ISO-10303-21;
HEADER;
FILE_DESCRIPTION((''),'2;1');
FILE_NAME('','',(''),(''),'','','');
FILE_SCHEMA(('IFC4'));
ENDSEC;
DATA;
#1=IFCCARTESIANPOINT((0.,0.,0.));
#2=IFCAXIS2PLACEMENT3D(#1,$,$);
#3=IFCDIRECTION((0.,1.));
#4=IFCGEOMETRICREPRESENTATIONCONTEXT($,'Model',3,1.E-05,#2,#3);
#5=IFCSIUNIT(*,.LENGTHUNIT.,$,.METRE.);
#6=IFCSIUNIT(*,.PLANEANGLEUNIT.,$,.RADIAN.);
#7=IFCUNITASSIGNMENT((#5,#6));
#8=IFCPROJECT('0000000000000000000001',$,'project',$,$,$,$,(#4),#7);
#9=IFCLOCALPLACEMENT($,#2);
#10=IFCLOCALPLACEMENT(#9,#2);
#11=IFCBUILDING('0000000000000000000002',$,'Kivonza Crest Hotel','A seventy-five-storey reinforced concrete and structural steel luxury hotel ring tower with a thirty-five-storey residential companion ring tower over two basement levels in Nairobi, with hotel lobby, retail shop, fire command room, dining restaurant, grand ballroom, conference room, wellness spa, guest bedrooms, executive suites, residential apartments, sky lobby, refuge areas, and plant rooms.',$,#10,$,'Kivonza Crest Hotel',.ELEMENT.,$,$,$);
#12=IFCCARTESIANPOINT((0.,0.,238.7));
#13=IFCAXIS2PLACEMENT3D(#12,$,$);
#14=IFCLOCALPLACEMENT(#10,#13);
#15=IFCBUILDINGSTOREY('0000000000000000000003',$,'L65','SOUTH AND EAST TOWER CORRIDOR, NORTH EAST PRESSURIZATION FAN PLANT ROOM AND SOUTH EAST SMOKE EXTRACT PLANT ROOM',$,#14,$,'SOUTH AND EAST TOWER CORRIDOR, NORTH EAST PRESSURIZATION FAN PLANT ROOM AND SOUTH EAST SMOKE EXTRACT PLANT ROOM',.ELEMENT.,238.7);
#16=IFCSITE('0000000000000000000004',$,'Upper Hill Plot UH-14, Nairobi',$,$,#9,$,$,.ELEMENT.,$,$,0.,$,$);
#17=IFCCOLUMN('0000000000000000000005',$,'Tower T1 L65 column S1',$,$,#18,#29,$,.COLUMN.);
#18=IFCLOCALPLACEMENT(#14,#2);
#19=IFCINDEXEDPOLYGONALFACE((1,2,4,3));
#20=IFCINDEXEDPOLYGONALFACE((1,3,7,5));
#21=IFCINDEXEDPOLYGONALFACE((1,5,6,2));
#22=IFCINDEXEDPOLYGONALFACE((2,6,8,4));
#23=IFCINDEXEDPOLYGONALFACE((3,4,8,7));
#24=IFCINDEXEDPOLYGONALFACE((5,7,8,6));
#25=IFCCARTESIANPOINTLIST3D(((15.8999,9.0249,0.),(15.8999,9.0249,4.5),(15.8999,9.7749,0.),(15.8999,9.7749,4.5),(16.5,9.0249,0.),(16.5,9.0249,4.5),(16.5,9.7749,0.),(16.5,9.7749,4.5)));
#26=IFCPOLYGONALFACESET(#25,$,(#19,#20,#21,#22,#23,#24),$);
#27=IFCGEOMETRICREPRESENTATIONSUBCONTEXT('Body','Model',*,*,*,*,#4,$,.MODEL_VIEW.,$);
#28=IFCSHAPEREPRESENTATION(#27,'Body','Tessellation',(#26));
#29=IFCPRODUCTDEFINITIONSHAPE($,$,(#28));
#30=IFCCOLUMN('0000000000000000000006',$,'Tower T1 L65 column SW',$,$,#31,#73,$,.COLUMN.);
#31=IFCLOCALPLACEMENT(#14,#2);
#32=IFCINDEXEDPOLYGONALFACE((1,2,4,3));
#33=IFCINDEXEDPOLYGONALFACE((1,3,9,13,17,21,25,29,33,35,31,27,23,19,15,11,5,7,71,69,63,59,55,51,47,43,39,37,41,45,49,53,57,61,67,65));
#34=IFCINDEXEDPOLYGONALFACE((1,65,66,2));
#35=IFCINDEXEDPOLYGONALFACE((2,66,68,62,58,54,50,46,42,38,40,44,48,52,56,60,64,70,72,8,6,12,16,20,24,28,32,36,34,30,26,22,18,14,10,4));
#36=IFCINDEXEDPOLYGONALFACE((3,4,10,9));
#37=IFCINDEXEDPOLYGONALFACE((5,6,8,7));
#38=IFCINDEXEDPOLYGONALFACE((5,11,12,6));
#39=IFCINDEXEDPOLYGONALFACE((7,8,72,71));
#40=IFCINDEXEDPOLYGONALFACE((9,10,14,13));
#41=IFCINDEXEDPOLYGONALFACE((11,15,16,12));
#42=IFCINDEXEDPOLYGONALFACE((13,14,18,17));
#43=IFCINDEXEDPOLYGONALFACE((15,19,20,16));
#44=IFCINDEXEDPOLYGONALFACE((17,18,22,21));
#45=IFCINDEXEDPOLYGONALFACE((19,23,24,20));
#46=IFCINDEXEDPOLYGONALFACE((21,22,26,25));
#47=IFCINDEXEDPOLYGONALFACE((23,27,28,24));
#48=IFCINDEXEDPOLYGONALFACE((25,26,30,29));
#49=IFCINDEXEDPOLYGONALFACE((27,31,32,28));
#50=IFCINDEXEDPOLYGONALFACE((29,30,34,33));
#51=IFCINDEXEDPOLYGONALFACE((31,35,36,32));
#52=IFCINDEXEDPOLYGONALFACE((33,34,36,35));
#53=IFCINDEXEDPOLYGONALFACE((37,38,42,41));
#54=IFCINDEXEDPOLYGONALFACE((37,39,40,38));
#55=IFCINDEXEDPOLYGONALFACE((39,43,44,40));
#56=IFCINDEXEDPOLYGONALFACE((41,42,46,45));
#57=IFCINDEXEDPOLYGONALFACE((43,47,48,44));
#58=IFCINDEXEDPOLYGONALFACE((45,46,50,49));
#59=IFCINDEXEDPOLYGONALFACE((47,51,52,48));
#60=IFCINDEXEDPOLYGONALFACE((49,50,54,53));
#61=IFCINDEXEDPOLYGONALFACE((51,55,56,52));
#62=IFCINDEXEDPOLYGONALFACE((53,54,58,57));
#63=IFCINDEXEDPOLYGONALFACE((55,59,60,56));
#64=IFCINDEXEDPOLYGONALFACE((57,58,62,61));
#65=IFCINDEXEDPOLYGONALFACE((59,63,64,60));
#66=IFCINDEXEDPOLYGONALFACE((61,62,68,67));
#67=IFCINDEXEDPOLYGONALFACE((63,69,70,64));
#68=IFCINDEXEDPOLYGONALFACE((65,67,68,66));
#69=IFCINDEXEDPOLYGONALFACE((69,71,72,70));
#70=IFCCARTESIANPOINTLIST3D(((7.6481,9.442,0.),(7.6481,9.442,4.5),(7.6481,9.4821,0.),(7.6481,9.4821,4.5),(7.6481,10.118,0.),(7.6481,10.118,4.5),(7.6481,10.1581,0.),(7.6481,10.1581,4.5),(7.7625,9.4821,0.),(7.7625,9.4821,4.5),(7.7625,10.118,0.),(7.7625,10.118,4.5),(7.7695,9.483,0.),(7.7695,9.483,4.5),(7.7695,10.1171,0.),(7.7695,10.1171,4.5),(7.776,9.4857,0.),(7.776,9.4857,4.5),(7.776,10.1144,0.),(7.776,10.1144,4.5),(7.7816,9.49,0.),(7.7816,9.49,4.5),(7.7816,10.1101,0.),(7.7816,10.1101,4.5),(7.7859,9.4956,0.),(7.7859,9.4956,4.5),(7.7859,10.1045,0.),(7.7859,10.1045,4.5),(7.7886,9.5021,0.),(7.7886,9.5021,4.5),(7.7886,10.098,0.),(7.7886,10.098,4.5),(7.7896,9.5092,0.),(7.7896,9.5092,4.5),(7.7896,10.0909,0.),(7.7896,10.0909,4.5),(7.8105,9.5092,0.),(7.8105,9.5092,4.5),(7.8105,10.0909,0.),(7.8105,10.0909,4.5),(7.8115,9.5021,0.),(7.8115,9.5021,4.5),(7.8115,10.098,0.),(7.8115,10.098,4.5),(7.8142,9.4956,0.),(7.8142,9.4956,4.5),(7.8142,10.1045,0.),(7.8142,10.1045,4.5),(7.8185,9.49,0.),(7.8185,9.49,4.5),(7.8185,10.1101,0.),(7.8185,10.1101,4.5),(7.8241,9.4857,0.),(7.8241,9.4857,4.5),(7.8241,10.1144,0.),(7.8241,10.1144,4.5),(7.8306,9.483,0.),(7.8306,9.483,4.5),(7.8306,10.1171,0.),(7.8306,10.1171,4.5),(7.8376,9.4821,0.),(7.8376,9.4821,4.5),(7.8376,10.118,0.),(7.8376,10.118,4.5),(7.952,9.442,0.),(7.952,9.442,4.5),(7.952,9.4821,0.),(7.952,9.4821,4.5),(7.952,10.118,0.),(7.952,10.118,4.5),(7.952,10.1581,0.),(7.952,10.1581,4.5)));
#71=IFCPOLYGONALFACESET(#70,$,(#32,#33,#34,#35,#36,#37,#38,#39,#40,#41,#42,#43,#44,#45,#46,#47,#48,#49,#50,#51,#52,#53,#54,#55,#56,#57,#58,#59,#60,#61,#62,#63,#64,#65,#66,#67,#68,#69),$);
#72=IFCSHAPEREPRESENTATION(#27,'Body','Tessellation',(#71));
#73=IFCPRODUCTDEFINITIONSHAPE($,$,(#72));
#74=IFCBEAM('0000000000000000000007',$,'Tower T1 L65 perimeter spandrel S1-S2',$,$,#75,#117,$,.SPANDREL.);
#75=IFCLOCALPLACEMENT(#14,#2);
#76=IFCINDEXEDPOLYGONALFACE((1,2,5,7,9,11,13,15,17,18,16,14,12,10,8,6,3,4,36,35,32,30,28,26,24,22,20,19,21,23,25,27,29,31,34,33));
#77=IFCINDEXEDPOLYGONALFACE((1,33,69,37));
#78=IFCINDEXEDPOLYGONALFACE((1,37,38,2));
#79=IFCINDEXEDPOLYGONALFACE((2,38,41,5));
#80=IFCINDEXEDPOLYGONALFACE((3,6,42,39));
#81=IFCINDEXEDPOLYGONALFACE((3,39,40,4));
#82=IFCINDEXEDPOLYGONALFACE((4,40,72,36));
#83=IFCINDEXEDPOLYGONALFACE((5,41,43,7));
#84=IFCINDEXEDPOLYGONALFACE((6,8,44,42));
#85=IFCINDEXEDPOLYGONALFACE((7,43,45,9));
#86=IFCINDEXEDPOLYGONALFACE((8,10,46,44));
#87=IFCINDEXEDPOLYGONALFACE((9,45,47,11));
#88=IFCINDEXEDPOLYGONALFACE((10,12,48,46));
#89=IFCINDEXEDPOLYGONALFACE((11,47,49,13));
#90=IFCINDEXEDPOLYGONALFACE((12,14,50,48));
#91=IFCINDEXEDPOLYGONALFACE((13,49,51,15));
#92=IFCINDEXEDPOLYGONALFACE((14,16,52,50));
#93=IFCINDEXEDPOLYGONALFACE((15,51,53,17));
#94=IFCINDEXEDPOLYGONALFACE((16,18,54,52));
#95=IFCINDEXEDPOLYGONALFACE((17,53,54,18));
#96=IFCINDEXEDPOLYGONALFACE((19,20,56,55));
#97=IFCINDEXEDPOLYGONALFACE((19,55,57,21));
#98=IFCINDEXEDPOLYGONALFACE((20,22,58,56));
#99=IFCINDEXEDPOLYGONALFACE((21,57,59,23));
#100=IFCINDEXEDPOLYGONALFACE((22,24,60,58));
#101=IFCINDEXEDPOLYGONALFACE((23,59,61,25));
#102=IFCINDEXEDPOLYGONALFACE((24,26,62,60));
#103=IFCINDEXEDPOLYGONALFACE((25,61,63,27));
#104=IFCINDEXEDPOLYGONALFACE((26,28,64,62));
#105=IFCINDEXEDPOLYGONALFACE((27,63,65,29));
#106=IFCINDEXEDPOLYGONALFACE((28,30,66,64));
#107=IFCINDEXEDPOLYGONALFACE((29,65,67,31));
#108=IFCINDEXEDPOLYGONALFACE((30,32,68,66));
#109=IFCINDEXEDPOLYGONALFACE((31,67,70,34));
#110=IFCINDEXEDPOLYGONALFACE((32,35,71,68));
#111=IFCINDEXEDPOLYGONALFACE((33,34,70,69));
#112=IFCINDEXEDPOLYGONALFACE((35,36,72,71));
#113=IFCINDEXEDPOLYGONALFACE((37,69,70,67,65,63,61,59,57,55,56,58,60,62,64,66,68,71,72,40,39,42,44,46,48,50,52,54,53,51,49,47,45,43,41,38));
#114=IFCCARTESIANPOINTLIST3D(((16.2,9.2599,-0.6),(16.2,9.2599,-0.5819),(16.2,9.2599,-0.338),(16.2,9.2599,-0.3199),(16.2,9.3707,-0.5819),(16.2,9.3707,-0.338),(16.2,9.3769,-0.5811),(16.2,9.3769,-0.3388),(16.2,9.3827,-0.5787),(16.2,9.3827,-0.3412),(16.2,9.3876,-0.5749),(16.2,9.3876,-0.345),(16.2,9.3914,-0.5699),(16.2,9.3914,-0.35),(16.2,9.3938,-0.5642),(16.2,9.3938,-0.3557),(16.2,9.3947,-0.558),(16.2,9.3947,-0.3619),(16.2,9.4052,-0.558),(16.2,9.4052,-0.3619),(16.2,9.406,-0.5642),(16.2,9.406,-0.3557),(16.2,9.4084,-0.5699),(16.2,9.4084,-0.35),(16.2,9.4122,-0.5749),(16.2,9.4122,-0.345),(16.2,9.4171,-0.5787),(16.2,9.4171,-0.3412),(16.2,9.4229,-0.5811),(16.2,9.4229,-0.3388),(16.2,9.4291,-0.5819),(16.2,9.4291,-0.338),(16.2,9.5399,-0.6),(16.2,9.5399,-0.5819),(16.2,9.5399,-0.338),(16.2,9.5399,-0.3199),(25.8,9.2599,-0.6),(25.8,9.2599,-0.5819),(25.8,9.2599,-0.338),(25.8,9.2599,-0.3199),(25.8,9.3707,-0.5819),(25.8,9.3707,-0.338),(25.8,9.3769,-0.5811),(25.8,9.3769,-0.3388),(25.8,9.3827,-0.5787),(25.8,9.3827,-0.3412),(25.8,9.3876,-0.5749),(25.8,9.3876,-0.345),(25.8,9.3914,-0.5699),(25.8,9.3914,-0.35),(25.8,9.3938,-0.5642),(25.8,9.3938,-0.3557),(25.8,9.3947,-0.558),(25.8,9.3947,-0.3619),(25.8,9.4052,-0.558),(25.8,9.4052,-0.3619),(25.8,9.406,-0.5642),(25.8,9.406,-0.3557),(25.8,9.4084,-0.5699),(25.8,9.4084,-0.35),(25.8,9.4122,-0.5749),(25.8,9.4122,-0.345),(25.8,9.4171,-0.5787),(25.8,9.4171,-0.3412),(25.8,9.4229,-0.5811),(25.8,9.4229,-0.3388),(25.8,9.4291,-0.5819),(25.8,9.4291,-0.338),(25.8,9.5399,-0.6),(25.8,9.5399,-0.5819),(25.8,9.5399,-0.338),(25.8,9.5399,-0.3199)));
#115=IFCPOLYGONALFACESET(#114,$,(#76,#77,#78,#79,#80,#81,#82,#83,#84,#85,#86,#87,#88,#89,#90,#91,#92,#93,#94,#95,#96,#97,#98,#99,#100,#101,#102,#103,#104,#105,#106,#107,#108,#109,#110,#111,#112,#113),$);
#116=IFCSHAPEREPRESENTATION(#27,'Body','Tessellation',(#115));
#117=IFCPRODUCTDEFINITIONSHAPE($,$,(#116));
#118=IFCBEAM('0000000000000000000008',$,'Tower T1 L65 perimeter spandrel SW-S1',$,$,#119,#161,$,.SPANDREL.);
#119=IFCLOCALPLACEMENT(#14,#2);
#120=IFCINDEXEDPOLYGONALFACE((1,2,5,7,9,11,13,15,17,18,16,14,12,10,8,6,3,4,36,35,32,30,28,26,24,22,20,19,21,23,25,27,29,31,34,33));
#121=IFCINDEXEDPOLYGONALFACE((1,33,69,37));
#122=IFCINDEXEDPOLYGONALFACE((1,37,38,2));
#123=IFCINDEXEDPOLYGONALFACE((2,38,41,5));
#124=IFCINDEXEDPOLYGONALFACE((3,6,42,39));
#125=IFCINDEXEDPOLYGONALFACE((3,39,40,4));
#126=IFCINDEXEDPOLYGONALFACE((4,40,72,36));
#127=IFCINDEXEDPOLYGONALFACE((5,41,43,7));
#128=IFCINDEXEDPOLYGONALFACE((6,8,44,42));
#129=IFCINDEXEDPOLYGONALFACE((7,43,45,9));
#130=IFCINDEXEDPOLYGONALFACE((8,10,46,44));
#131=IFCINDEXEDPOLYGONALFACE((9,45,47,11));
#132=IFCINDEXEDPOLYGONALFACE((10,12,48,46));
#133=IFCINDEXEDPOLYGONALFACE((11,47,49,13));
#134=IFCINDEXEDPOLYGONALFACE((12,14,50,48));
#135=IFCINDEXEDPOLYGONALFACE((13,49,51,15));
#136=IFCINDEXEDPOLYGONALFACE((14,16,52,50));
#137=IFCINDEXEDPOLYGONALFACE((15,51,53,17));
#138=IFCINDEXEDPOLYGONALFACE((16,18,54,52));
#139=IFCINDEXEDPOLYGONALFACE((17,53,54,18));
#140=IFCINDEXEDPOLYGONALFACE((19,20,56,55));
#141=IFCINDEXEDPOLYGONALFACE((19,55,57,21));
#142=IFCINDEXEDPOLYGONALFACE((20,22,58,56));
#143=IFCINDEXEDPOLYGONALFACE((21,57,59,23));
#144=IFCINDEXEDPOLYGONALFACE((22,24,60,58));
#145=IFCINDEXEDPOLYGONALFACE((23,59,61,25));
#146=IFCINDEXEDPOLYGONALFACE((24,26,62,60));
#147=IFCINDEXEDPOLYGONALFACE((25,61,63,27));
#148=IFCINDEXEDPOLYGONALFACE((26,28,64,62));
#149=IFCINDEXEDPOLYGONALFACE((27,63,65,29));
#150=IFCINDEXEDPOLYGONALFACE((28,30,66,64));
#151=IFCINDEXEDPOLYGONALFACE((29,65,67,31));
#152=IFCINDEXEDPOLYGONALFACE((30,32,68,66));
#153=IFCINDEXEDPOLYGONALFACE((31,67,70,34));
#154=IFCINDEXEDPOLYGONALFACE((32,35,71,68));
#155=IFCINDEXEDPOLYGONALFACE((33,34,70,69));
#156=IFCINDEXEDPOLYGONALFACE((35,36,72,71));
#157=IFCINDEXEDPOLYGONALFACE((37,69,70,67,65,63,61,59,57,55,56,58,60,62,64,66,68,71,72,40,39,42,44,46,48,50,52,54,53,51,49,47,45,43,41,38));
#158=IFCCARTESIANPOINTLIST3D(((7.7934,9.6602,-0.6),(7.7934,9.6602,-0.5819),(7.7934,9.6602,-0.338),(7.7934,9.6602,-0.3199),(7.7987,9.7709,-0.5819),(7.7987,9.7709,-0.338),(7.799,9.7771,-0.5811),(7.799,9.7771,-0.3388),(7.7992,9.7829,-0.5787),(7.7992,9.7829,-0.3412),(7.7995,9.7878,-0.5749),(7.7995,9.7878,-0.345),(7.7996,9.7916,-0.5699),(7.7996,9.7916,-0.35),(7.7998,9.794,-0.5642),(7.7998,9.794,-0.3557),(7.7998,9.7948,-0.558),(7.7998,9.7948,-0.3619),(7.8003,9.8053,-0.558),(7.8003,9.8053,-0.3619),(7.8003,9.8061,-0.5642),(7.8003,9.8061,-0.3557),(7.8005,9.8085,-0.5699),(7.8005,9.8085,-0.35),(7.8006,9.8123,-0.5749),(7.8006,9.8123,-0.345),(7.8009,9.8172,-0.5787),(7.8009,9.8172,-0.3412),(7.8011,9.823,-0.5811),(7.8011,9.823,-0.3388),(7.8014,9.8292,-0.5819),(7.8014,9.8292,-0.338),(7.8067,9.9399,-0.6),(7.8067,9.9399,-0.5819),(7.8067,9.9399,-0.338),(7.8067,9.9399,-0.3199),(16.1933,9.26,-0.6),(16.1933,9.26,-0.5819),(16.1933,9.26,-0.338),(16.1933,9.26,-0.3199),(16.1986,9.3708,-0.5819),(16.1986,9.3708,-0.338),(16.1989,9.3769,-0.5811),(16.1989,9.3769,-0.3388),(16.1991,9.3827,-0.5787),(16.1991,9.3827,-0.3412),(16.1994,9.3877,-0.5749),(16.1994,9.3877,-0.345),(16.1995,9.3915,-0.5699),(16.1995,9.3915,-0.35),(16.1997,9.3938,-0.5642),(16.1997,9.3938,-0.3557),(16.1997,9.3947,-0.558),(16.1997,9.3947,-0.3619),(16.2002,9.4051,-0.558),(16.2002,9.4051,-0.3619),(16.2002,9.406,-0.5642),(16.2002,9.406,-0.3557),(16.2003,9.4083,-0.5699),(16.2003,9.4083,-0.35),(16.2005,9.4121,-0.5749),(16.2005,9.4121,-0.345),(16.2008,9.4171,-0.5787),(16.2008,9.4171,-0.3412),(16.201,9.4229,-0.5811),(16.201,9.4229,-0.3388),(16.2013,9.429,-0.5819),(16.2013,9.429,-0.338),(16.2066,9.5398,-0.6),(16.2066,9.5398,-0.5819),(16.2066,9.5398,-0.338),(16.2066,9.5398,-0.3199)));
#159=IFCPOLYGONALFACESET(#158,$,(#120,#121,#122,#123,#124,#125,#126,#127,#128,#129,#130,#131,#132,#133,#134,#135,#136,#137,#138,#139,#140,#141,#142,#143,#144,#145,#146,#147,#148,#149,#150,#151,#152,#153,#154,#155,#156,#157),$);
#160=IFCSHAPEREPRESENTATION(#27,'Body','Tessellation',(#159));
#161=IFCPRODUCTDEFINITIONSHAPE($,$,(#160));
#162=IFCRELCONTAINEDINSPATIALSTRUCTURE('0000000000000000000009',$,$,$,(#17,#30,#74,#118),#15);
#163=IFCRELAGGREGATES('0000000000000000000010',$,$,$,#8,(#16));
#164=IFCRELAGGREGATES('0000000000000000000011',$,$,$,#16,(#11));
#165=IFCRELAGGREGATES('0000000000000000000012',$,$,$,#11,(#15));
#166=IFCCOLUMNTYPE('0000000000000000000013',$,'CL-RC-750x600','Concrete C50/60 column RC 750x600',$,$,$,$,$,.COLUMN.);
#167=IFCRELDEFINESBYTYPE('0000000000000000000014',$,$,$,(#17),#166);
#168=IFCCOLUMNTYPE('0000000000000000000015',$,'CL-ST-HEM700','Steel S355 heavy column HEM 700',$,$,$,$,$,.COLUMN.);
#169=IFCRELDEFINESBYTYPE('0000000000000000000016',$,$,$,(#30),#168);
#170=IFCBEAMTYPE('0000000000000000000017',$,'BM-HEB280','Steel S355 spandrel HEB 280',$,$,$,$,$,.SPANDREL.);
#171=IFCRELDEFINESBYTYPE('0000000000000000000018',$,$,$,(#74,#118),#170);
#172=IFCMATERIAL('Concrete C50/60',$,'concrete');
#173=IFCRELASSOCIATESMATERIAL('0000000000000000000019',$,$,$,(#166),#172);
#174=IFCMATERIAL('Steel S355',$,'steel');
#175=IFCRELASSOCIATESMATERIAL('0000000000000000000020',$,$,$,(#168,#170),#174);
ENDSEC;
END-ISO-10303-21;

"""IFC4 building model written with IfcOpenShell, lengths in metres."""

from ifc_helpers import new_model, si_unit, direction, frame, origin, origin_2d, place, context, subcontext, project, spatial, rectangle, i_section, extrude, material, material_profile, profile_set, type_object, element, save


model = new_model("IFC4")

# Units and contexts
model_context = context("Model", 3, precision=1e-05, world=origin(), true_north=direction((0.0, 1.0)))
body_context = subcontext(model_context, "Body", "Model", "MODEL_VIEW")
ifc_project = project(units=[si_unit("LENGTHUNIT", "METRE"), si_unit("PLANEANGLEUNIT", "RADIAN")], contexts=[model_context])

# Site, building, storey
site_placement = place(None, origin())
site = spatial("IfcSite", under=ifc_project, at=site_placement, Name="Upper Hill Plot UH-14, Nairobi", CompositionType="ELEMENT", RefElevation=0.0)
building_placement = place(site_placement, origin())
building = spatial("IfcBuilding", under=site, at=building_placement, Name="Kivonza Crest Hotel", Description="A seventy-five-storey reinforced concrete and structural steel luxury hotel ring tower with a thirty-five-storey residential companion ring tower over two basement levels in Nairobi, with hotel lobby, retail shop, fire command room, dining restaurant, grand ballroom, conference room, wellness spa, guest bedrooms, executive suites, residential apartments, sky lobby, refuge areas, and plant rooms.", LongName="Kivonza Crest Hotel", CompositionType="ELEMENT")
storey_placement = place(building_placement, frame((0.0, 0.0, 238.7)))
storey = spatial("IfcBuildingStorey", under=building, at=storey_placement, Name="L65", Description="SOUTH AND EAST TOWER CORRIDOR, NORTH EAST PRESSURIZATION FAN PLANT ROOM AND SOUTH EAST SMOKE EXTRACT PLANT ROOM", LongName="SOUTH AND EAST TOWER CORRIDOR, NORTH EAST PRESSURIZATION FAN PLANT ROOM AND SOUTH EAST SMOKE EXTRACT PLANT ROOM", CompositionType="ELEMENT", Elevation=238.7)

# Columns
ifc_material_1 = material(Name="Concrete C50/60", Category="concrete")
ifc_material_profile_1 = material_profile(ifc_material_1, rectangle(XDim=0.6001, YDim=0.75, at=origin_2d()), Name="RC 750x600")
ifc_profile_set_1 = profile_set([ifc_material_profile_1], Name="Concrete C50/60")
column_type_1 = type_object("IfcColumnType", Name="CL-RC-750x600", Description="Concrete C50/60 column RC 750x600", PredefinedType="COLUMN", material=ifc_profile_set_1)
column_1_placement = place(storey_placement, frame((16.2, 9.3999, 0.0), z_axis=(0.0, 0.0, 1.0), x_axis=(1.0, 0.0, 0.0)))
element("IfcColumn", 1, at=column_1_placement, inside=storey, type_object=column_type_1, Name="Tower T1 L65 column S1", PredefinedType="COLUMN", context=body_context, shape_type="SweptSolid", body=[
    extrude(rectangle(XDim=0.6001, YDim=0.75, at=origin_2d()), origin(), (0.0, 0.0, 1.0), 4.5),
])
ifc_material_2 = material(Name="Steel S355", Category="steel")
ifc_material_profile_2 = material_profile(ifc_material_2, i_section(OverallWidth=0.304, OverallDepth=0.7161, WebThickness=0.021, FlangeThickness=0.04, FilletRadius=0.0271, at=origin_2d()), Name="HEM 700")
ifc_profile_set_2 = profile_set([ifc_material_profile_2], Name="Steel S355")
column_type_2 = type_object("IfcColumnType", Name="CL-ST-HEM700", Description="Steel S355 heavy column HEM 700", PredefinedType="COLUMN", material=ifc_profile_set_2)
column_2_placement = place(storey_placement, frame((7.8, 9.8, 0.0), z_axis=(0.0, 0.0, 1.0), x_axis=(1.0, 0.0, 0.0)))
element("IfcColumn", 2, at=column_2_placement, inside=storey, type_object=column_type_2, Name="Tower T1 L65 column SW", PredefinedType="COLUMN", context=body_context, shape_type="SweptSolid", body=[
    extrude(i_section(OverallWidth=0.304, OverallDepth=0.7161, WebThickness=0.021, FlangeThickness=0.04, FilletRadius=0.0271, at=origin_2d()), origin(), (0.0, 0.0, 1.0), 4.5),
])

# Beams
ifc_material_profile_3 = material_profile(ifc_material_2, i_section(OverallWidth=0.28, OverallDepth=0.28, WebThickness=0.0105, FlangeThickness=0.0181, FilletRadius=0.0239, at=origin_2d()), Name="HEB 280")
ifc_profile_set_3 = profile_set([ifc_material_profile_3], Name="Steel S355")
beam_type_1 = type_object("IfcBeamType", Name="BM-HEB280", Description="Steel S355 spandrel HEB 280", PredefinedType="SPANDREL", material=ifc_profile_set_3)
beam_1_placement = place(storey_placement, frame((16.2, 9.3999, -0.46), z_axis=(1.0, 0.0, 0.0), x_axis=(0.0, 1.0, 0.0)))
element("IfcBeam", 3, at=beam_1_placement, inside=storey, type_object=beam_type_1, Name="Tower T1 L65 perimeter spandrel S1-S2", PredefinedType="SPANDREL", context=body_context, shape_type="SweptSolid", body=[
    extrude(i_section(OverallWidth=0.28, OverallDepth=0.28, WebThickness=0.0105, FlangeThickness=0.0181, FilletRadius=0.0239, at=origin_2d()), origin(), (0.0, 0.0, 1.0), 9.6001),
])
beam_2_placement = place(storey_placement, frame((7.8, 9.8, -0.46), z_axis=(0.998867, -0.047583, 0.0), x_axis=(0.047583, 0.998867, 0.0)))
element("IfcBeam", 4, at=beam_2_placement, inside=storey, type_object=beam_type_1, Name="Tower T1 L65 perimeter spandrel SW-S1", PredefinedType="SPANDREL", context=body_context, shape_type="SweptSolid", body=[
    extrude(i_section(OverallWidth=0.28, OverallDepth=0.28, WebThickness=0.0105, FlangeThickness=0.0181, FilletRadius=0.0239, at=origin_2d()), origin(), (0.0, 0.0, 1.0), 8.4094),
])

save(model, "model.ifc")
